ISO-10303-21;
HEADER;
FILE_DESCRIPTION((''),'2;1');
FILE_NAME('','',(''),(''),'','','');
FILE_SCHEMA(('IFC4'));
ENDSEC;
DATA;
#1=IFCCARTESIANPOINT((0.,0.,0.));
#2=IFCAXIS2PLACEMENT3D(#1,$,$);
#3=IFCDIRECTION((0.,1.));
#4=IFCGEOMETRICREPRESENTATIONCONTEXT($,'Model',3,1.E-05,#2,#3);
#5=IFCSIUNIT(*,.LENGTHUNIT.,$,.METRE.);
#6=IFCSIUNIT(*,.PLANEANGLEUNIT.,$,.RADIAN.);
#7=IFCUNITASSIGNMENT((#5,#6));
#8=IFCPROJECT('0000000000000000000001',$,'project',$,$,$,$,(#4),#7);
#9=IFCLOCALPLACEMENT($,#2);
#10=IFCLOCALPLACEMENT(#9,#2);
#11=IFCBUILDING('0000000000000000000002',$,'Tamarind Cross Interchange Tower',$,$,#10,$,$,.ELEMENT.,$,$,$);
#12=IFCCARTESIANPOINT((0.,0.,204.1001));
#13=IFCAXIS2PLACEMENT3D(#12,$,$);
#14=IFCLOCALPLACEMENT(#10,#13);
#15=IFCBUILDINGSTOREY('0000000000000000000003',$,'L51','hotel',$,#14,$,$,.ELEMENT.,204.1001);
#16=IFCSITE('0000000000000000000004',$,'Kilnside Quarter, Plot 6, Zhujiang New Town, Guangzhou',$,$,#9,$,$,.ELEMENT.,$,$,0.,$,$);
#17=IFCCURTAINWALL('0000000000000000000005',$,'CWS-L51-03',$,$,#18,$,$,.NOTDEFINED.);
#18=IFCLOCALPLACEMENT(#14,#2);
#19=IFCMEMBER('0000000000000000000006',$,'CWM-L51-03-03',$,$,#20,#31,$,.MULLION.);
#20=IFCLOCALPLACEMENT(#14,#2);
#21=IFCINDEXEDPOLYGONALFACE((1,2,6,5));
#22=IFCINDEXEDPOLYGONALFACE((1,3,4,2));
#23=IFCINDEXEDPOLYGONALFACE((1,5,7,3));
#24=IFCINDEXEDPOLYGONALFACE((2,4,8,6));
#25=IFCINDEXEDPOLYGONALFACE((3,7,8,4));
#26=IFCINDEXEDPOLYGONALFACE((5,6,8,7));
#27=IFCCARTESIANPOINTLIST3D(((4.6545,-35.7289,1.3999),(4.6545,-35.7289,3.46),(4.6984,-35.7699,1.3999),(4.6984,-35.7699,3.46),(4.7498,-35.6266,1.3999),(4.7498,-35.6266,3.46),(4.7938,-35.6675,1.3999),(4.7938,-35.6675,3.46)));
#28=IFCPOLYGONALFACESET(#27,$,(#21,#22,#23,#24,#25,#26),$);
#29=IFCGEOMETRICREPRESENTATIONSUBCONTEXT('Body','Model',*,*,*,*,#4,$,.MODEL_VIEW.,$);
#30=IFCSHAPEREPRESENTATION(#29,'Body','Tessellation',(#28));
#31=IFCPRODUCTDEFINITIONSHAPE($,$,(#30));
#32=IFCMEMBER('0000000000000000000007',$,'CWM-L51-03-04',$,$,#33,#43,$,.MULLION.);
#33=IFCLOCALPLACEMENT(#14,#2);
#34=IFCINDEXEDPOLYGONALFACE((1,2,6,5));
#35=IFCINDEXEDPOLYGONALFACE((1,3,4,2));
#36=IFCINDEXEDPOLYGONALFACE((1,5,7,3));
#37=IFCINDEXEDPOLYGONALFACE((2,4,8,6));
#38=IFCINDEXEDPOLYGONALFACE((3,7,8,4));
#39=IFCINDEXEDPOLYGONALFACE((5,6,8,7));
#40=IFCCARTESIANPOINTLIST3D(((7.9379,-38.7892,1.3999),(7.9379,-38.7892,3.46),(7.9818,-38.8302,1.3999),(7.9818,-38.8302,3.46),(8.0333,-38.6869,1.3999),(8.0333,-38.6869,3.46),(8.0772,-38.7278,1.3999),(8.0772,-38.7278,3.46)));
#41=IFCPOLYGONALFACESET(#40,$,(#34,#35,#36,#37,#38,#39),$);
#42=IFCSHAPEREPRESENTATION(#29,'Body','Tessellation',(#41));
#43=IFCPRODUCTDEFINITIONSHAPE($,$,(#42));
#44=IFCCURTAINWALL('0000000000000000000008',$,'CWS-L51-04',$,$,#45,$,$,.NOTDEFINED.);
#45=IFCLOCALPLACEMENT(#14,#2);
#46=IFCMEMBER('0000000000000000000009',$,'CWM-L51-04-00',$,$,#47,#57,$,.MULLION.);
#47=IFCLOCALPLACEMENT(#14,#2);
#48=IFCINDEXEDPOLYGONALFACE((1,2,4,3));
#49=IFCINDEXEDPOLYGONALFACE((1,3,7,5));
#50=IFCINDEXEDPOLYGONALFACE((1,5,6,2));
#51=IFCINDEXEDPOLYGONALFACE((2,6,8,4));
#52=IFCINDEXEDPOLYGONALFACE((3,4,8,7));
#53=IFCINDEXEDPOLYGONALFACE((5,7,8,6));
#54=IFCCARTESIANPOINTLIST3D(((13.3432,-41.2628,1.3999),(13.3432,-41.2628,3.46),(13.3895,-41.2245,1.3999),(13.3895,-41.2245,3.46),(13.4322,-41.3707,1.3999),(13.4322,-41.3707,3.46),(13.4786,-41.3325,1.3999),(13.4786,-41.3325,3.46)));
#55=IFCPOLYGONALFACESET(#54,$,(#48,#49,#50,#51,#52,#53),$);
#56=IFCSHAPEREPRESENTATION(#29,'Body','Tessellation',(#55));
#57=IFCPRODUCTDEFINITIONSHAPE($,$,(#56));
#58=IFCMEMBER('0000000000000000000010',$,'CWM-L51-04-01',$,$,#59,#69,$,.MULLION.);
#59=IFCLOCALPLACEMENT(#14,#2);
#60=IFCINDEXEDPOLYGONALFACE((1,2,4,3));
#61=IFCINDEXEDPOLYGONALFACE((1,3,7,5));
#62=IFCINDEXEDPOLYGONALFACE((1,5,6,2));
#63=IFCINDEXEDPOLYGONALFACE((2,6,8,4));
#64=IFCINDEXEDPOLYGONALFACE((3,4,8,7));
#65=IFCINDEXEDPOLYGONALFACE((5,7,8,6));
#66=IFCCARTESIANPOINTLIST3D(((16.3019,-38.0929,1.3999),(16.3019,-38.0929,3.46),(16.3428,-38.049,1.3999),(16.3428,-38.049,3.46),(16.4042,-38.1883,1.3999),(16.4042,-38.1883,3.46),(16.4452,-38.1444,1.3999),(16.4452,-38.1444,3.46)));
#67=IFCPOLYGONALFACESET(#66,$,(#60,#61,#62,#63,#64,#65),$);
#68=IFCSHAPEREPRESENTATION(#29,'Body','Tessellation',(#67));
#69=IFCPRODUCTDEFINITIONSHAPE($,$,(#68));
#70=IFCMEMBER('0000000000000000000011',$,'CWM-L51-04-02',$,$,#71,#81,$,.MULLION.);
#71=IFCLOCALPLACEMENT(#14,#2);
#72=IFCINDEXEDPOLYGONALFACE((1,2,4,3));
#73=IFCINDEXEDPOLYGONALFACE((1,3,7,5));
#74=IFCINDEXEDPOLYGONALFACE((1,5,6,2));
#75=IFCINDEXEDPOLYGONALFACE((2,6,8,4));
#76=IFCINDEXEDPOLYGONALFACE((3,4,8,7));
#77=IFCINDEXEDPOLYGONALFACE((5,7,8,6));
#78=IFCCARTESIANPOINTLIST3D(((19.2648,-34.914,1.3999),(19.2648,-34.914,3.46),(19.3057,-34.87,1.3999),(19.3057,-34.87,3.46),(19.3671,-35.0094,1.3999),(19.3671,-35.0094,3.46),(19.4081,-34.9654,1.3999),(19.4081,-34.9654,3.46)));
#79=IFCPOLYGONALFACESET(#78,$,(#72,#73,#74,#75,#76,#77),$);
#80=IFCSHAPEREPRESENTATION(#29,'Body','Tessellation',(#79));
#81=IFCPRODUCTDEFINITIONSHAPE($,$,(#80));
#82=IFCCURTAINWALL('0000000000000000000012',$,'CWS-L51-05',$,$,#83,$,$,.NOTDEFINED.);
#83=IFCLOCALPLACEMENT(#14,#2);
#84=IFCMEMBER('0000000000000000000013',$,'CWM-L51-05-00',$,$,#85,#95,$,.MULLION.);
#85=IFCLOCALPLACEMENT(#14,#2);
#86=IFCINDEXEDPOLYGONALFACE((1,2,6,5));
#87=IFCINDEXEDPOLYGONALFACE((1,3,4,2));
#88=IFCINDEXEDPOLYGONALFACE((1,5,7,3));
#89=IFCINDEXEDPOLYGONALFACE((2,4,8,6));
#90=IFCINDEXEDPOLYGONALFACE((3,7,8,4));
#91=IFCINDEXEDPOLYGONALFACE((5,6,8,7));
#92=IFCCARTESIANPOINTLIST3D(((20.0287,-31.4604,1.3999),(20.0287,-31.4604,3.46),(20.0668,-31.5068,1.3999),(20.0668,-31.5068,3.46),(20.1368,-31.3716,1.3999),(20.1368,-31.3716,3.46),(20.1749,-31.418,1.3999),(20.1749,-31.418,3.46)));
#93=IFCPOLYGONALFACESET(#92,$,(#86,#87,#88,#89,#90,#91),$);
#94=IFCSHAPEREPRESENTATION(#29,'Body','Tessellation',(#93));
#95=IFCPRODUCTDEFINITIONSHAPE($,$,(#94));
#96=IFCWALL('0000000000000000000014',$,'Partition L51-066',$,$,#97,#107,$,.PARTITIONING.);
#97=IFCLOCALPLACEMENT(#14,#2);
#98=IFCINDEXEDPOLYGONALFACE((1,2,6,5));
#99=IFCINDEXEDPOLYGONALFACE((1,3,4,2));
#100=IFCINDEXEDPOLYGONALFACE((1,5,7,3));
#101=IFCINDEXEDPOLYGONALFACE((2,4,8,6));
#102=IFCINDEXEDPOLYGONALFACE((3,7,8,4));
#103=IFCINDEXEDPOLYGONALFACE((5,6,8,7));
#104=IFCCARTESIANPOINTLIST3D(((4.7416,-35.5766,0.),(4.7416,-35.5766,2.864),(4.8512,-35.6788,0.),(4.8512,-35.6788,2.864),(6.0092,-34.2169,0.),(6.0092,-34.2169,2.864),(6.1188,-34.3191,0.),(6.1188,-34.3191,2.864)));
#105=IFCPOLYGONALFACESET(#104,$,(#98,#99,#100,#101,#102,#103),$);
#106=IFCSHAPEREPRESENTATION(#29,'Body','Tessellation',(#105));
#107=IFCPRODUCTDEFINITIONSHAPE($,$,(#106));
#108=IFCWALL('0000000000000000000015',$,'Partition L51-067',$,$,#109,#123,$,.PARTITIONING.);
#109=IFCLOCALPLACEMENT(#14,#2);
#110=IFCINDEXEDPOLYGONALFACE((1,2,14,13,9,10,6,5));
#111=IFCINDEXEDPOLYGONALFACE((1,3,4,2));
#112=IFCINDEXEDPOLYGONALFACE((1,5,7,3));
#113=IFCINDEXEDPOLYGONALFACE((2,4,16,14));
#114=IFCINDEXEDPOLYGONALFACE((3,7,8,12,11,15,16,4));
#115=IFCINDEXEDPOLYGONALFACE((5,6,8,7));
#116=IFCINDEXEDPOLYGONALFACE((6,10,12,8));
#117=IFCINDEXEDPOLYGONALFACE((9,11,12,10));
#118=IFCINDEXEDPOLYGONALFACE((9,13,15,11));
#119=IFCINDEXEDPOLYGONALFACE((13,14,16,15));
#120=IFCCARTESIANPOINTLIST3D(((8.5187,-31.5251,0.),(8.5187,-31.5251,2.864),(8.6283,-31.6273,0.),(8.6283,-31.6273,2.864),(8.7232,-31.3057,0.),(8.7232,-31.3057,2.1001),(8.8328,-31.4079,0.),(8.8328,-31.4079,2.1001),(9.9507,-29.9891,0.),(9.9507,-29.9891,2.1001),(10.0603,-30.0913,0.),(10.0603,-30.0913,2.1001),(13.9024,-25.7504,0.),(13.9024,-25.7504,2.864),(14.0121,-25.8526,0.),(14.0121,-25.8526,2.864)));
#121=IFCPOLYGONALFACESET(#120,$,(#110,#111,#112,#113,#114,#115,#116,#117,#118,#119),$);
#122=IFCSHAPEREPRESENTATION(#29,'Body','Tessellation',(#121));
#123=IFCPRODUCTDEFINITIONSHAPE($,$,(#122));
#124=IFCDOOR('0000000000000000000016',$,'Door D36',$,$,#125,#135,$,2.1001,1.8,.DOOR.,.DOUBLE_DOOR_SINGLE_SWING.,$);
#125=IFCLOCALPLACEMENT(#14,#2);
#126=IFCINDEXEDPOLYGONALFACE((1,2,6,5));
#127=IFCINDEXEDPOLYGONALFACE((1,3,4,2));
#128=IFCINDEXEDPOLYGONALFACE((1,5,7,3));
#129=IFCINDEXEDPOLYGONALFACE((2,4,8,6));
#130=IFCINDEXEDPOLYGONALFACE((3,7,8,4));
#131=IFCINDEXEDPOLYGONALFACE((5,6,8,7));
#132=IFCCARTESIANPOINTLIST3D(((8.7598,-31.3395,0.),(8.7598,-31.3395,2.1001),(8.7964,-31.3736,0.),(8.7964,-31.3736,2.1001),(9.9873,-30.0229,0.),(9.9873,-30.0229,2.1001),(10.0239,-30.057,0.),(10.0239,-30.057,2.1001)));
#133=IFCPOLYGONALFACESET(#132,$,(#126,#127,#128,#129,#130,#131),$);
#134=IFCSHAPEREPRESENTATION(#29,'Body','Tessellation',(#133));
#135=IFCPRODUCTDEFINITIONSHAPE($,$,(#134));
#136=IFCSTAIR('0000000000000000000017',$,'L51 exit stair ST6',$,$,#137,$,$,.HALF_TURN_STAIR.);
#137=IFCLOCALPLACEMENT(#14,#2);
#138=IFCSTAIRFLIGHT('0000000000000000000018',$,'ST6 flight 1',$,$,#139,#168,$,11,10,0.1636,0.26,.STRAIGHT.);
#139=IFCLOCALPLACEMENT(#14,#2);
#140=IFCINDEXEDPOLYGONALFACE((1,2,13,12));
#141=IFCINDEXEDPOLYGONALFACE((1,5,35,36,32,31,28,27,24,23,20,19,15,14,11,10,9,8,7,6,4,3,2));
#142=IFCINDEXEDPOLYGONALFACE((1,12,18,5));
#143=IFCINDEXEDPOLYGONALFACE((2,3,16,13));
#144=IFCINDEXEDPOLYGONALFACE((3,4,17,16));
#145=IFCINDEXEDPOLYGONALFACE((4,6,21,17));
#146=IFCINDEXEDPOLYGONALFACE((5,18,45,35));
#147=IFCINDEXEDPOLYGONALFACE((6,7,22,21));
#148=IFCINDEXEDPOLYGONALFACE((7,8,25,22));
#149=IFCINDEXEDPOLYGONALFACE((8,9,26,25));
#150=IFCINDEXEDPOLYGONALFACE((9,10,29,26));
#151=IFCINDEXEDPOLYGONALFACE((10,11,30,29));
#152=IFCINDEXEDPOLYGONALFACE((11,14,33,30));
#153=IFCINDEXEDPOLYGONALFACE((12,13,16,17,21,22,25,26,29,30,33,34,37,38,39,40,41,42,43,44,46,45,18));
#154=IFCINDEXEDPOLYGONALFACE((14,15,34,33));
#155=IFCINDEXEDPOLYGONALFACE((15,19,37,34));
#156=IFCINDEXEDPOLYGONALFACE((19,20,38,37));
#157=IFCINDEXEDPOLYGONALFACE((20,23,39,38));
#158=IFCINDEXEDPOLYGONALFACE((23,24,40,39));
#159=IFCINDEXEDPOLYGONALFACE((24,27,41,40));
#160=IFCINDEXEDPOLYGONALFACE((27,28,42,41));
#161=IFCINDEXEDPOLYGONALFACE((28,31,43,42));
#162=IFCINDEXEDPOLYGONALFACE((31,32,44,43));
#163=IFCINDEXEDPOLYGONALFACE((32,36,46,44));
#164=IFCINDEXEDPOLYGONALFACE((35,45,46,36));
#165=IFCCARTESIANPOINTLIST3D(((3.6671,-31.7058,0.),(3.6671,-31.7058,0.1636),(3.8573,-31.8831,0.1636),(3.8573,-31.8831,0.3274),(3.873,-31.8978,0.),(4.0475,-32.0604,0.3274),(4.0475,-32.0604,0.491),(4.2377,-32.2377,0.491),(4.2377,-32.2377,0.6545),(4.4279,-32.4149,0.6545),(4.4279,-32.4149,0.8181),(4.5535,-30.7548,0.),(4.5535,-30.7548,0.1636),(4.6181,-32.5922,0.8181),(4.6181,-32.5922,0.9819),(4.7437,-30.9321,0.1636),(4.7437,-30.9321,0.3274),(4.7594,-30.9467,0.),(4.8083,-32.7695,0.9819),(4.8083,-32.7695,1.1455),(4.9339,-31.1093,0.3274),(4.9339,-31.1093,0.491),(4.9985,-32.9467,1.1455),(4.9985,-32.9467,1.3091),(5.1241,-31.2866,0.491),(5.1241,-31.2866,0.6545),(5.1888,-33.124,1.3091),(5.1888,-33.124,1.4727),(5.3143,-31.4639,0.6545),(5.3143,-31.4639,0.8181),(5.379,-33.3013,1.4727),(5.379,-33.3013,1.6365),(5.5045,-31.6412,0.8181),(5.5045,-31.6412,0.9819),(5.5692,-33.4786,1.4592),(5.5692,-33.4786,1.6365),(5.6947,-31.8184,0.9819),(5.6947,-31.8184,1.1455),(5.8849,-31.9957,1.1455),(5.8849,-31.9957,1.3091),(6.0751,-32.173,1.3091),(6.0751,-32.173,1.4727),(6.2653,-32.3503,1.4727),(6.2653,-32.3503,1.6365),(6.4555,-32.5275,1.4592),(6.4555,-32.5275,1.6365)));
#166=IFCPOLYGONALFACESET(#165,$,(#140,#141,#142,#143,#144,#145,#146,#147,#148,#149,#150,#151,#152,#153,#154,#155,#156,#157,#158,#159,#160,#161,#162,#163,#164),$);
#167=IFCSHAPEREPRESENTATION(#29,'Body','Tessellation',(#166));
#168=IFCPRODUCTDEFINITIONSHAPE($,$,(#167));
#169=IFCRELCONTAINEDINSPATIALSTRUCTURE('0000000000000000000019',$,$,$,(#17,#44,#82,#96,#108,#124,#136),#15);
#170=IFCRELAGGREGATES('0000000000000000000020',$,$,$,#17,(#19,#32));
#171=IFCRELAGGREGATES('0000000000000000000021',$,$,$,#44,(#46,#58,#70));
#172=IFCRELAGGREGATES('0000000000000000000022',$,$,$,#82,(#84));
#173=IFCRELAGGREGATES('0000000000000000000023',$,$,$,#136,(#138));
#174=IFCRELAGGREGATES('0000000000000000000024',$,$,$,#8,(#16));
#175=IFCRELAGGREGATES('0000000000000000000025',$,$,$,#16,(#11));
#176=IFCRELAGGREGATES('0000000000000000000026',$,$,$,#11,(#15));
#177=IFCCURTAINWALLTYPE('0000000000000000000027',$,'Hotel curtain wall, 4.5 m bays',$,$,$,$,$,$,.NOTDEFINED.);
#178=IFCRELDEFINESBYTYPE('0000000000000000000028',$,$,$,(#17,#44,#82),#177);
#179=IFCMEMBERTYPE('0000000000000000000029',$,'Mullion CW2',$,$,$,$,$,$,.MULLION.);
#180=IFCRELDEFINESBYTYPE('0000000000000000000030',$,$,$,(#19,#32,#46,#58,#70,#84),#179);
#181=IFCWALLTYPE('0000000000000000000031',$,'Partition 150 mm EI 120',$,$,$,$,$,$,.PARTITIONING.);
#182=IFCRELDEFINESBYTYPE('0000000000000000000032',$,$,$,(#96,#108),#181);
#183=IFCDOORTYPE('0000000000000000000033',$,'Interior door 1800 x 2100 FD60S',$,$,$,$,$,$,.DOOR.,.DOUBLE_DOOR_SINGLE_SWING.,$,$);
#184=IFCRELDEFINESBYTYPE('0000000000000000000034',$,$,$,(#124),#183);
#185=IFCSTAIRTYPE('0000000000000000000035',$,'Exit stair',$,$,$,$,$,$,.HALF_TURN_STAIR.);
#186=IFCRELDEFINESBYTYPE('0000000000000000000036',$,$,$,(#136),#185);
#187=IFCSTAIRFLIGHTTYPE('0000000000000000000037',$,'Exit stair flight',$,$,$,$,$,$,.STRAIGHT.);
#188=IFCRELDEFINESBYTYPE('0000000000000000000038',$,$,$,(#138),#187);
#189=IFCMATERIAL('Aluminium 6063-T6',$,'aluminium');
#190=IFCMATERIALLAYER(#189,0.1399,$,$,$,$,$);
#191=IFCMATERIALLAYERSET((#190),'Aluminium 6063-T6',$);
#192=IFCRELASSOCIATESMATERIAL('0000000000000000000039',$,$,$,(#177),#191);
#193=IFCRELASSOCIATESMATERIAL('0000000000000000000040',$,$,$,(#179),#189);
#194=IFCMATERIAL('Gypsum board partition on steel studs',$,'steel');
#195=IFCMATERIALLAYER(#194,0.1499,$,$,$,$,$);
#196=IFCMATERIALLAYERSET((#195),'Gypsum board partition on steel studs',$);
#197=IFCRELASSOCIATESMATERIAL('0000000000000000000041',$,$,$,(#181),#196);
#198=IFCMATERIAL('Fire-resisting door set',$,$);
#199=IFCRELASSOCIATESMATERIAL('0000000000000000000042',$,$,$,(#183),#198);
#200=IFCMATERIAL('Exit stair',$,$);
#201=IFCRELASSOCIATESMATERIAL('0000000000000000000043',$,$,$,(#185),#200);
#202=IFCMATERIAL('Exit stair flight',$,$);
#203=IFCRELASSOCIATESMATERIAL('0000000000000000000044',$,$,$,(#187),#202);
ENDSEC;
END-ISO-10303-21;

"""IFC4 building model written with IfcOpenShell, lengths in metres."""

from ifc_helpers import new_model, si_unit, direction, frame, frame_2d, origin, origin_2d, place, context, subcontext, project, spatial, polyline, rectangle, outline, extrude, material, layer, layer_set, material_profile, profile_set, type_object, element, fill, aggregate, save


model = new_model("IFC4")

# Units and contexts
model_context = context("Model", 3, precision=1e-05, world=origin(), true_north=direction((0.0, 1.0)))
body_context = subcontext(model_context, "Body", "Model", "MODEL_VIEW")
ifc_project = project(units=[si_unit("LENGTHUNIT", "METRE"), si_unit("PLANEANGLEUNIT", "RADIAN")], contexts=[model_context])

# Site, building, storey
site_placement = place(None, origin())
site = spatial("IfcSite", under=ifc_project, at=site_placement, Name="Kilnside Quarter, Plot 6, Zhujiang New Town, Guangzhou", CompositionType="ELEMENT", RefElevation=0.0)
building_placement = place(site_placement, origin())
building = spatial("IfcBuilding", under=site, at=building_placement, Name="Tamarind Cross Interchange Tower", CompositionType="ELEMENT")
storey_placement = place(building_placement, frame((0.0, 0.0, 204.1001)))
storey = spatial("IfcBuildingStorey", under=building, at=storey_placement, Name="L51", Description="hotel", CompositionType="ELEMENT", Elevation=204.1001)

# Curtain walls, members
ifc_material_1 = material(Name="Aluminium 6063-T6", Category="aluminium")
ifc_layer_1 = layer(ifc_material_1, 0.1399)
ifc_layer_set_1 = layer_set([ifc_layer_1], Name="Aluminium 6063-T6")
curtain_wall_type = type_object("IfcCurtainWallType", Name="Hotel curtain wall, 4.5 m bays", PredefinedType="NOTDEFINED", material=ifc_layer_set_1)
curtain_wall_1_placement = place(storey_placement, origin())
curtain_wall_1 = element("IfcCurtainWall", 1, at=curtain_wall_1_placement, inside=storey, type_object=curtain_wall_type, Name="CWS-L51-03", PredefinedType="NOTDEFINED")
ifc_material_profile_1 = material_profile(ifc_material_1, rectangle(XDim=0.0601, YDim=0.1399, at=origin_2d()), Name="Mullion CW2")
ifc_profile_set_1 = profile_set([ifc_material_profile_1], Name="Aluminium 6063-T6")
member_type = type_object("IfcMemberType", Name="Mullion CW2", PredefinedType="MULLION", material=ifc_profile_set_1)
member_1_placement = place(storey_placement, frame((4.7241, -35.6982, 1.3999), z_axis=(0.0, 0.0, 1.0), x_axis=(0.731544, -0.681794, 0.0)))
member_1 = element("IfcMember", 2, at=member_1_placement, type_object=member_type, Name="CWM-L51-03-03", PredefinedType="MULLION", context=body_context, shape_type="SweptSolid", body=[
    extrude(rectangle(XDim=0.0601, YDim=0.1399, at=origin_2d()), origin(), (0.0, 0.0, 1.0), 2.0601),
])
member_2_placement = place(storey_placement, frame((8.0076, -38.7585, 1.3999), z_axis=(0.0, 0.0, 1.0), x_axis=(0.731544, -0.681794, 0.0)))
member_2 = element("IfcMember", 3, at=member_2_placement, type_object=member_type, Name="CWM-L51-03-04", PredefinedType="MULLION", context=body_context, shape_type="SweptSolid", body=[
    extrude(rectangle(XDim=0.0601, YDim=0.1399, at=origin_2d()), origin(), (0.0, 0.0, 1.0), 2.0601),
])
aggregate(curtain_wall_1, [member_1, member_2])
curtain_wall_2_placement = place(storey_placement, origin())
curtain_wall_2 = element("IfcCurtainWall", 4, at=curtain_wall_2_placement, inside=storey, type_object=curtain_wall_type, Name="CWS-L51-04", PredefinedType="NOTDEFINED")
member_3_placement = place(storey_placement, frame((13.4109, -41.2976, 1.3999), z_axis=(0.0, 0.0, 1.0), x_axis=(0.771447, 0.636294, 0.0)))
member_3 = element("IfcMember", 5, at=member_3_placement, type_object=member_type, Name="CWM-L51-04-00", PredefinedType="MULLION", context=body_context, shape_type="SweptSolid", body=[
    extrude(rectangle(XDim=0.0601, YDim=0.1399, at=origin_2d()), origin(), (0.0, 0.0, 1.0), 2.0601),
])
member_4_placement = place(storey_placement, frame((16.3735, -38.1187, 1.3999), z_axis=(0.0, 0.0, 1.0), x_axis=(0.681794, 0.731544, 0.0)))
member_4 = element("IfcMember", 6, at=member_4_placement, type_object=member_type, Name="CWM-L51-04-01", PredefinedType="MULLION", context=body_context, shape_type="SweptSolid", body=[
    extrude(rectangle(XDim=0.0601, YDim=0.1399, at=origin_2d()), origin(), (0.0, 0.0, 1.0), 2.0601),
])
member_5_placement = place(storey_placement, frame((19.3364, -34.9397, 1.3999), z_axis=(0.0, 0.0, 1.0), x_axis=(0.681794, 0.731544, 0.0)))
member_5 = element("IfcMember", 7, at=member_5_placement, type_object=member_type, Name="CWM-L51-04-02", PredefinedType="MULLION", context=body_context, shape_type="SweptSolid", body=[
    extrude(rectangle(XDim=0.0601, YDim=0.1399, at=origin_2d()), origin(), (0.0, 0.0, 1.0), 2.0601),
])
aggregate(curtain_wall_2, [member_3, member_4, member_5])

# Curtain wall, member
curtain_wall_3_placement = place(storey_placement, origin())
curtain_wall_3 = element("IfcCurtainWall", 8, at=curtain_wall_3_placement, inside=storey, type_object=curtain_wall_type, Name="CWS-L51-05", PredefinedType="NOTDEFINED")
member_6_placement = place(storey_placement, frame((20.1018, -31.4392, 1.3999), z_axis=(0.0, 0.0, 1.0), x_axis=(-0.634635, 0.772812, 0.0)))
member_6 = element("IfcMember", 9, at=member_6_placement, type_object=member_type, Name="CWM-L51-05-00", PredefinedType="MULLION", context=body_context, shape_type="SweptSolid", body=[
    extrude(rectangle(XDim=0.0601, YDim=0.1399, at=origin_2d()), origin(), (0.0, 0.0, 1.0), 2.0601),
])
aggregate(curtain_wall_3, [member_6])

# Wall
ifc_material_2 = material(Name="Gypsum board partition on steel studs", Category="steel")
ifc_layer_2 = layer(ifc_material_2, 0.1499)
ifc_layer_set_2 = layer_set([ifc_layer_2], Name="Gypsum board partition on steel studs")
wall_type = type_object("IfcWallType", Name="Partition 150 mm EI 120", PredefinedType="PARTITIONING", material=ifc_layer_set_2)
wall_1_placement = place(storey_placement, frame((4.7964, -35.6277, 0.0), z_axis=(0.0, 0.0, 1.0), x_axis=(0.681916, 0.731431, 0.0)))
element("IfcWall", 10, at=wall_1_placement, inside=storey, type_object=wall_type, Name="Partition L51-066", PredefinedType="PARTITIONING", context=body_context, shape_type="SweptSolid", body=[
    extrude(rectangle(XDim=1.8589, YDim=0.1499, at=frame_2d((0.9294, 0.0))), origin(), (0.0, 0.0, 1.0), 2.864),
])

# Wall, opening, door
wall_2_placement = place(storey_placement, frame((8.5735, -31.5762, 0.0), z_axis=(0.0, 0.0, 1.0), x_axis=(0.681919, 0.731427, 0.0)))
wall_2 = element("IfcWall", 11, at=wall_2_placement, inside=storey, type_object=wall_type, Name="Partition L51-067", PredefinedType="PARTITIONING", context=body_context, shape_type="SweptSolid", body=[
    extrude(rectangle(XDim=7.895, YDim=0.1499, at=frame_2d((3.9475, 0.0))), origin(), (0.0, 0.0, 1.0), 2.864),
])
opening_placement = place(wall_2_placement, frame((0.3, 0.0, 0.0)))
opening = element("IfcOpeningElement", 12, at=opening_placement, cuts=wall_2, PredefinedType="OPENING", context=body_context, shape_type="SweptSolid", body=[
    extrude(rectangle(XDim=1.8, YDim=2.1001, at=frame_2d((0.8999, 1.05))), frame((0.0, 0.085, 0.0), z_axis=(0.0, -1.0, 0.0), x_axis=(1.0, 0.0, 0.0)), (0.0, 0.0, 1.0), 0.1699),
])
ifc_material_3 = material(Name="Fire-resisting door set")
door_type = type_object("IfcDoorType", Name="Interior door 1800 x 2100 FD60S", OperationType="DOUBLE_DOOR_SINGLE_SWING", PredefinedType="DOOR", material=ifc_material_3)
door_placement = place(opening_placement, frame((1.8, 0.0, 0.0), z_axis=(0.0, 0.0, 1.0), x_axis=(-1.0, 0.0, 0.0)))
door = element("IfcDoor", 13, at=door_placement, inside=storey, type_object=door_type, Name="Door D36", OperationType="DOUBLE_DOOR_SINGLE_SWING", OverallHeight=2.1001, OverallWidth=1.8, PredefinedType="DOOR", context=body_context, shape_type="SweptSolid", body=[
    extrude(rectangle(XDim=1.8, YDim=2.1001, at=frame_2d((0.8999, 1.05))), frame((0.0, 0.0249, 0.0), z_axis=(0.0, -1.0, 0.0), x_axis=(1.0, 0.0, 0.0)), (0.0, 0.0, 1.0), 0.05),
])
fill(opening, door)

# Stair, stair flight
ifc_material_4 = material(Name="Exit stair")
stair_type = type_object("IfcStairType", Name="Exit stair", PredefinedType="HALF_TURN_STAIR", material=ifc_material_4)
stair_placement = place(storey_placement, origin())
stair = element("IfcStair", 14, at=stair_placement, inside=storey, type_object=stair_type, Name="L51 exit stair ST6", PredefinedType="HALF_TURN_STAIR")
ifc_material_5 = material(Name="Exit stair flight")
stair_flight_type = type_object("IfcStairFlightType", Name="Exit stair flight", PredefinedType="STRAIGHT", material=ifc_material_5)
stair_flight_1_placement = place(storey_placement, frame((4.1104, -31.2302, 0.0), z_axis=(0.0, 0.0, 1.0), x_axis=(0.731544, -0.681794, 0.0)))
stair_flight_1 = element("IfcStairFlight", 15, at=stair_flight_1_placement, type_object=stair_flight_type, Name="ST6 flight 1", NumberOfRisers=11, NumberOfTreads=10, PredefinedType="STRAIGHT", RiserHeight=0.1636, TreadLength=0.26, context=body_context, shape_type="SweptSolid", body=[
    extrude(outline(polyline([(0.0, 0.0), (0.0, 0.1636), (0.26, 0.1636), (0.26, 0.3274), (0.52, 0.3274), (0.52, 0.491), (0.78, 0.491), (0.78, 0.6545), (1.04, 0.6545), (1.04, 0.8181), (1.3, 0.8181), (1.3, 0.9819), (1.5601, 0.9819), (1.5601, 1.1455), (1.8201, 1.1455), (1.8201, 1.3091), (2.0801, 1.3091), (2.0801, 1.4727), (2.3401, 1.4727), (2.3401, 1.6365), (2.6001, 1.6365), (2.6001, 1.8), (2.6001, 1.4592), (0.2815, 0.0), (0.0, 0.0)])), frame((0.0, 0.6499, 0.0), z_axis=(0.0, -1.0, 0.0), x_axis=(1.0, 0.0, 0.0)), (0.0, 0.0, 1.0), 1.3),
])
aggregate(stair, [stair_flight_1])

save(model, "model.ifc")
